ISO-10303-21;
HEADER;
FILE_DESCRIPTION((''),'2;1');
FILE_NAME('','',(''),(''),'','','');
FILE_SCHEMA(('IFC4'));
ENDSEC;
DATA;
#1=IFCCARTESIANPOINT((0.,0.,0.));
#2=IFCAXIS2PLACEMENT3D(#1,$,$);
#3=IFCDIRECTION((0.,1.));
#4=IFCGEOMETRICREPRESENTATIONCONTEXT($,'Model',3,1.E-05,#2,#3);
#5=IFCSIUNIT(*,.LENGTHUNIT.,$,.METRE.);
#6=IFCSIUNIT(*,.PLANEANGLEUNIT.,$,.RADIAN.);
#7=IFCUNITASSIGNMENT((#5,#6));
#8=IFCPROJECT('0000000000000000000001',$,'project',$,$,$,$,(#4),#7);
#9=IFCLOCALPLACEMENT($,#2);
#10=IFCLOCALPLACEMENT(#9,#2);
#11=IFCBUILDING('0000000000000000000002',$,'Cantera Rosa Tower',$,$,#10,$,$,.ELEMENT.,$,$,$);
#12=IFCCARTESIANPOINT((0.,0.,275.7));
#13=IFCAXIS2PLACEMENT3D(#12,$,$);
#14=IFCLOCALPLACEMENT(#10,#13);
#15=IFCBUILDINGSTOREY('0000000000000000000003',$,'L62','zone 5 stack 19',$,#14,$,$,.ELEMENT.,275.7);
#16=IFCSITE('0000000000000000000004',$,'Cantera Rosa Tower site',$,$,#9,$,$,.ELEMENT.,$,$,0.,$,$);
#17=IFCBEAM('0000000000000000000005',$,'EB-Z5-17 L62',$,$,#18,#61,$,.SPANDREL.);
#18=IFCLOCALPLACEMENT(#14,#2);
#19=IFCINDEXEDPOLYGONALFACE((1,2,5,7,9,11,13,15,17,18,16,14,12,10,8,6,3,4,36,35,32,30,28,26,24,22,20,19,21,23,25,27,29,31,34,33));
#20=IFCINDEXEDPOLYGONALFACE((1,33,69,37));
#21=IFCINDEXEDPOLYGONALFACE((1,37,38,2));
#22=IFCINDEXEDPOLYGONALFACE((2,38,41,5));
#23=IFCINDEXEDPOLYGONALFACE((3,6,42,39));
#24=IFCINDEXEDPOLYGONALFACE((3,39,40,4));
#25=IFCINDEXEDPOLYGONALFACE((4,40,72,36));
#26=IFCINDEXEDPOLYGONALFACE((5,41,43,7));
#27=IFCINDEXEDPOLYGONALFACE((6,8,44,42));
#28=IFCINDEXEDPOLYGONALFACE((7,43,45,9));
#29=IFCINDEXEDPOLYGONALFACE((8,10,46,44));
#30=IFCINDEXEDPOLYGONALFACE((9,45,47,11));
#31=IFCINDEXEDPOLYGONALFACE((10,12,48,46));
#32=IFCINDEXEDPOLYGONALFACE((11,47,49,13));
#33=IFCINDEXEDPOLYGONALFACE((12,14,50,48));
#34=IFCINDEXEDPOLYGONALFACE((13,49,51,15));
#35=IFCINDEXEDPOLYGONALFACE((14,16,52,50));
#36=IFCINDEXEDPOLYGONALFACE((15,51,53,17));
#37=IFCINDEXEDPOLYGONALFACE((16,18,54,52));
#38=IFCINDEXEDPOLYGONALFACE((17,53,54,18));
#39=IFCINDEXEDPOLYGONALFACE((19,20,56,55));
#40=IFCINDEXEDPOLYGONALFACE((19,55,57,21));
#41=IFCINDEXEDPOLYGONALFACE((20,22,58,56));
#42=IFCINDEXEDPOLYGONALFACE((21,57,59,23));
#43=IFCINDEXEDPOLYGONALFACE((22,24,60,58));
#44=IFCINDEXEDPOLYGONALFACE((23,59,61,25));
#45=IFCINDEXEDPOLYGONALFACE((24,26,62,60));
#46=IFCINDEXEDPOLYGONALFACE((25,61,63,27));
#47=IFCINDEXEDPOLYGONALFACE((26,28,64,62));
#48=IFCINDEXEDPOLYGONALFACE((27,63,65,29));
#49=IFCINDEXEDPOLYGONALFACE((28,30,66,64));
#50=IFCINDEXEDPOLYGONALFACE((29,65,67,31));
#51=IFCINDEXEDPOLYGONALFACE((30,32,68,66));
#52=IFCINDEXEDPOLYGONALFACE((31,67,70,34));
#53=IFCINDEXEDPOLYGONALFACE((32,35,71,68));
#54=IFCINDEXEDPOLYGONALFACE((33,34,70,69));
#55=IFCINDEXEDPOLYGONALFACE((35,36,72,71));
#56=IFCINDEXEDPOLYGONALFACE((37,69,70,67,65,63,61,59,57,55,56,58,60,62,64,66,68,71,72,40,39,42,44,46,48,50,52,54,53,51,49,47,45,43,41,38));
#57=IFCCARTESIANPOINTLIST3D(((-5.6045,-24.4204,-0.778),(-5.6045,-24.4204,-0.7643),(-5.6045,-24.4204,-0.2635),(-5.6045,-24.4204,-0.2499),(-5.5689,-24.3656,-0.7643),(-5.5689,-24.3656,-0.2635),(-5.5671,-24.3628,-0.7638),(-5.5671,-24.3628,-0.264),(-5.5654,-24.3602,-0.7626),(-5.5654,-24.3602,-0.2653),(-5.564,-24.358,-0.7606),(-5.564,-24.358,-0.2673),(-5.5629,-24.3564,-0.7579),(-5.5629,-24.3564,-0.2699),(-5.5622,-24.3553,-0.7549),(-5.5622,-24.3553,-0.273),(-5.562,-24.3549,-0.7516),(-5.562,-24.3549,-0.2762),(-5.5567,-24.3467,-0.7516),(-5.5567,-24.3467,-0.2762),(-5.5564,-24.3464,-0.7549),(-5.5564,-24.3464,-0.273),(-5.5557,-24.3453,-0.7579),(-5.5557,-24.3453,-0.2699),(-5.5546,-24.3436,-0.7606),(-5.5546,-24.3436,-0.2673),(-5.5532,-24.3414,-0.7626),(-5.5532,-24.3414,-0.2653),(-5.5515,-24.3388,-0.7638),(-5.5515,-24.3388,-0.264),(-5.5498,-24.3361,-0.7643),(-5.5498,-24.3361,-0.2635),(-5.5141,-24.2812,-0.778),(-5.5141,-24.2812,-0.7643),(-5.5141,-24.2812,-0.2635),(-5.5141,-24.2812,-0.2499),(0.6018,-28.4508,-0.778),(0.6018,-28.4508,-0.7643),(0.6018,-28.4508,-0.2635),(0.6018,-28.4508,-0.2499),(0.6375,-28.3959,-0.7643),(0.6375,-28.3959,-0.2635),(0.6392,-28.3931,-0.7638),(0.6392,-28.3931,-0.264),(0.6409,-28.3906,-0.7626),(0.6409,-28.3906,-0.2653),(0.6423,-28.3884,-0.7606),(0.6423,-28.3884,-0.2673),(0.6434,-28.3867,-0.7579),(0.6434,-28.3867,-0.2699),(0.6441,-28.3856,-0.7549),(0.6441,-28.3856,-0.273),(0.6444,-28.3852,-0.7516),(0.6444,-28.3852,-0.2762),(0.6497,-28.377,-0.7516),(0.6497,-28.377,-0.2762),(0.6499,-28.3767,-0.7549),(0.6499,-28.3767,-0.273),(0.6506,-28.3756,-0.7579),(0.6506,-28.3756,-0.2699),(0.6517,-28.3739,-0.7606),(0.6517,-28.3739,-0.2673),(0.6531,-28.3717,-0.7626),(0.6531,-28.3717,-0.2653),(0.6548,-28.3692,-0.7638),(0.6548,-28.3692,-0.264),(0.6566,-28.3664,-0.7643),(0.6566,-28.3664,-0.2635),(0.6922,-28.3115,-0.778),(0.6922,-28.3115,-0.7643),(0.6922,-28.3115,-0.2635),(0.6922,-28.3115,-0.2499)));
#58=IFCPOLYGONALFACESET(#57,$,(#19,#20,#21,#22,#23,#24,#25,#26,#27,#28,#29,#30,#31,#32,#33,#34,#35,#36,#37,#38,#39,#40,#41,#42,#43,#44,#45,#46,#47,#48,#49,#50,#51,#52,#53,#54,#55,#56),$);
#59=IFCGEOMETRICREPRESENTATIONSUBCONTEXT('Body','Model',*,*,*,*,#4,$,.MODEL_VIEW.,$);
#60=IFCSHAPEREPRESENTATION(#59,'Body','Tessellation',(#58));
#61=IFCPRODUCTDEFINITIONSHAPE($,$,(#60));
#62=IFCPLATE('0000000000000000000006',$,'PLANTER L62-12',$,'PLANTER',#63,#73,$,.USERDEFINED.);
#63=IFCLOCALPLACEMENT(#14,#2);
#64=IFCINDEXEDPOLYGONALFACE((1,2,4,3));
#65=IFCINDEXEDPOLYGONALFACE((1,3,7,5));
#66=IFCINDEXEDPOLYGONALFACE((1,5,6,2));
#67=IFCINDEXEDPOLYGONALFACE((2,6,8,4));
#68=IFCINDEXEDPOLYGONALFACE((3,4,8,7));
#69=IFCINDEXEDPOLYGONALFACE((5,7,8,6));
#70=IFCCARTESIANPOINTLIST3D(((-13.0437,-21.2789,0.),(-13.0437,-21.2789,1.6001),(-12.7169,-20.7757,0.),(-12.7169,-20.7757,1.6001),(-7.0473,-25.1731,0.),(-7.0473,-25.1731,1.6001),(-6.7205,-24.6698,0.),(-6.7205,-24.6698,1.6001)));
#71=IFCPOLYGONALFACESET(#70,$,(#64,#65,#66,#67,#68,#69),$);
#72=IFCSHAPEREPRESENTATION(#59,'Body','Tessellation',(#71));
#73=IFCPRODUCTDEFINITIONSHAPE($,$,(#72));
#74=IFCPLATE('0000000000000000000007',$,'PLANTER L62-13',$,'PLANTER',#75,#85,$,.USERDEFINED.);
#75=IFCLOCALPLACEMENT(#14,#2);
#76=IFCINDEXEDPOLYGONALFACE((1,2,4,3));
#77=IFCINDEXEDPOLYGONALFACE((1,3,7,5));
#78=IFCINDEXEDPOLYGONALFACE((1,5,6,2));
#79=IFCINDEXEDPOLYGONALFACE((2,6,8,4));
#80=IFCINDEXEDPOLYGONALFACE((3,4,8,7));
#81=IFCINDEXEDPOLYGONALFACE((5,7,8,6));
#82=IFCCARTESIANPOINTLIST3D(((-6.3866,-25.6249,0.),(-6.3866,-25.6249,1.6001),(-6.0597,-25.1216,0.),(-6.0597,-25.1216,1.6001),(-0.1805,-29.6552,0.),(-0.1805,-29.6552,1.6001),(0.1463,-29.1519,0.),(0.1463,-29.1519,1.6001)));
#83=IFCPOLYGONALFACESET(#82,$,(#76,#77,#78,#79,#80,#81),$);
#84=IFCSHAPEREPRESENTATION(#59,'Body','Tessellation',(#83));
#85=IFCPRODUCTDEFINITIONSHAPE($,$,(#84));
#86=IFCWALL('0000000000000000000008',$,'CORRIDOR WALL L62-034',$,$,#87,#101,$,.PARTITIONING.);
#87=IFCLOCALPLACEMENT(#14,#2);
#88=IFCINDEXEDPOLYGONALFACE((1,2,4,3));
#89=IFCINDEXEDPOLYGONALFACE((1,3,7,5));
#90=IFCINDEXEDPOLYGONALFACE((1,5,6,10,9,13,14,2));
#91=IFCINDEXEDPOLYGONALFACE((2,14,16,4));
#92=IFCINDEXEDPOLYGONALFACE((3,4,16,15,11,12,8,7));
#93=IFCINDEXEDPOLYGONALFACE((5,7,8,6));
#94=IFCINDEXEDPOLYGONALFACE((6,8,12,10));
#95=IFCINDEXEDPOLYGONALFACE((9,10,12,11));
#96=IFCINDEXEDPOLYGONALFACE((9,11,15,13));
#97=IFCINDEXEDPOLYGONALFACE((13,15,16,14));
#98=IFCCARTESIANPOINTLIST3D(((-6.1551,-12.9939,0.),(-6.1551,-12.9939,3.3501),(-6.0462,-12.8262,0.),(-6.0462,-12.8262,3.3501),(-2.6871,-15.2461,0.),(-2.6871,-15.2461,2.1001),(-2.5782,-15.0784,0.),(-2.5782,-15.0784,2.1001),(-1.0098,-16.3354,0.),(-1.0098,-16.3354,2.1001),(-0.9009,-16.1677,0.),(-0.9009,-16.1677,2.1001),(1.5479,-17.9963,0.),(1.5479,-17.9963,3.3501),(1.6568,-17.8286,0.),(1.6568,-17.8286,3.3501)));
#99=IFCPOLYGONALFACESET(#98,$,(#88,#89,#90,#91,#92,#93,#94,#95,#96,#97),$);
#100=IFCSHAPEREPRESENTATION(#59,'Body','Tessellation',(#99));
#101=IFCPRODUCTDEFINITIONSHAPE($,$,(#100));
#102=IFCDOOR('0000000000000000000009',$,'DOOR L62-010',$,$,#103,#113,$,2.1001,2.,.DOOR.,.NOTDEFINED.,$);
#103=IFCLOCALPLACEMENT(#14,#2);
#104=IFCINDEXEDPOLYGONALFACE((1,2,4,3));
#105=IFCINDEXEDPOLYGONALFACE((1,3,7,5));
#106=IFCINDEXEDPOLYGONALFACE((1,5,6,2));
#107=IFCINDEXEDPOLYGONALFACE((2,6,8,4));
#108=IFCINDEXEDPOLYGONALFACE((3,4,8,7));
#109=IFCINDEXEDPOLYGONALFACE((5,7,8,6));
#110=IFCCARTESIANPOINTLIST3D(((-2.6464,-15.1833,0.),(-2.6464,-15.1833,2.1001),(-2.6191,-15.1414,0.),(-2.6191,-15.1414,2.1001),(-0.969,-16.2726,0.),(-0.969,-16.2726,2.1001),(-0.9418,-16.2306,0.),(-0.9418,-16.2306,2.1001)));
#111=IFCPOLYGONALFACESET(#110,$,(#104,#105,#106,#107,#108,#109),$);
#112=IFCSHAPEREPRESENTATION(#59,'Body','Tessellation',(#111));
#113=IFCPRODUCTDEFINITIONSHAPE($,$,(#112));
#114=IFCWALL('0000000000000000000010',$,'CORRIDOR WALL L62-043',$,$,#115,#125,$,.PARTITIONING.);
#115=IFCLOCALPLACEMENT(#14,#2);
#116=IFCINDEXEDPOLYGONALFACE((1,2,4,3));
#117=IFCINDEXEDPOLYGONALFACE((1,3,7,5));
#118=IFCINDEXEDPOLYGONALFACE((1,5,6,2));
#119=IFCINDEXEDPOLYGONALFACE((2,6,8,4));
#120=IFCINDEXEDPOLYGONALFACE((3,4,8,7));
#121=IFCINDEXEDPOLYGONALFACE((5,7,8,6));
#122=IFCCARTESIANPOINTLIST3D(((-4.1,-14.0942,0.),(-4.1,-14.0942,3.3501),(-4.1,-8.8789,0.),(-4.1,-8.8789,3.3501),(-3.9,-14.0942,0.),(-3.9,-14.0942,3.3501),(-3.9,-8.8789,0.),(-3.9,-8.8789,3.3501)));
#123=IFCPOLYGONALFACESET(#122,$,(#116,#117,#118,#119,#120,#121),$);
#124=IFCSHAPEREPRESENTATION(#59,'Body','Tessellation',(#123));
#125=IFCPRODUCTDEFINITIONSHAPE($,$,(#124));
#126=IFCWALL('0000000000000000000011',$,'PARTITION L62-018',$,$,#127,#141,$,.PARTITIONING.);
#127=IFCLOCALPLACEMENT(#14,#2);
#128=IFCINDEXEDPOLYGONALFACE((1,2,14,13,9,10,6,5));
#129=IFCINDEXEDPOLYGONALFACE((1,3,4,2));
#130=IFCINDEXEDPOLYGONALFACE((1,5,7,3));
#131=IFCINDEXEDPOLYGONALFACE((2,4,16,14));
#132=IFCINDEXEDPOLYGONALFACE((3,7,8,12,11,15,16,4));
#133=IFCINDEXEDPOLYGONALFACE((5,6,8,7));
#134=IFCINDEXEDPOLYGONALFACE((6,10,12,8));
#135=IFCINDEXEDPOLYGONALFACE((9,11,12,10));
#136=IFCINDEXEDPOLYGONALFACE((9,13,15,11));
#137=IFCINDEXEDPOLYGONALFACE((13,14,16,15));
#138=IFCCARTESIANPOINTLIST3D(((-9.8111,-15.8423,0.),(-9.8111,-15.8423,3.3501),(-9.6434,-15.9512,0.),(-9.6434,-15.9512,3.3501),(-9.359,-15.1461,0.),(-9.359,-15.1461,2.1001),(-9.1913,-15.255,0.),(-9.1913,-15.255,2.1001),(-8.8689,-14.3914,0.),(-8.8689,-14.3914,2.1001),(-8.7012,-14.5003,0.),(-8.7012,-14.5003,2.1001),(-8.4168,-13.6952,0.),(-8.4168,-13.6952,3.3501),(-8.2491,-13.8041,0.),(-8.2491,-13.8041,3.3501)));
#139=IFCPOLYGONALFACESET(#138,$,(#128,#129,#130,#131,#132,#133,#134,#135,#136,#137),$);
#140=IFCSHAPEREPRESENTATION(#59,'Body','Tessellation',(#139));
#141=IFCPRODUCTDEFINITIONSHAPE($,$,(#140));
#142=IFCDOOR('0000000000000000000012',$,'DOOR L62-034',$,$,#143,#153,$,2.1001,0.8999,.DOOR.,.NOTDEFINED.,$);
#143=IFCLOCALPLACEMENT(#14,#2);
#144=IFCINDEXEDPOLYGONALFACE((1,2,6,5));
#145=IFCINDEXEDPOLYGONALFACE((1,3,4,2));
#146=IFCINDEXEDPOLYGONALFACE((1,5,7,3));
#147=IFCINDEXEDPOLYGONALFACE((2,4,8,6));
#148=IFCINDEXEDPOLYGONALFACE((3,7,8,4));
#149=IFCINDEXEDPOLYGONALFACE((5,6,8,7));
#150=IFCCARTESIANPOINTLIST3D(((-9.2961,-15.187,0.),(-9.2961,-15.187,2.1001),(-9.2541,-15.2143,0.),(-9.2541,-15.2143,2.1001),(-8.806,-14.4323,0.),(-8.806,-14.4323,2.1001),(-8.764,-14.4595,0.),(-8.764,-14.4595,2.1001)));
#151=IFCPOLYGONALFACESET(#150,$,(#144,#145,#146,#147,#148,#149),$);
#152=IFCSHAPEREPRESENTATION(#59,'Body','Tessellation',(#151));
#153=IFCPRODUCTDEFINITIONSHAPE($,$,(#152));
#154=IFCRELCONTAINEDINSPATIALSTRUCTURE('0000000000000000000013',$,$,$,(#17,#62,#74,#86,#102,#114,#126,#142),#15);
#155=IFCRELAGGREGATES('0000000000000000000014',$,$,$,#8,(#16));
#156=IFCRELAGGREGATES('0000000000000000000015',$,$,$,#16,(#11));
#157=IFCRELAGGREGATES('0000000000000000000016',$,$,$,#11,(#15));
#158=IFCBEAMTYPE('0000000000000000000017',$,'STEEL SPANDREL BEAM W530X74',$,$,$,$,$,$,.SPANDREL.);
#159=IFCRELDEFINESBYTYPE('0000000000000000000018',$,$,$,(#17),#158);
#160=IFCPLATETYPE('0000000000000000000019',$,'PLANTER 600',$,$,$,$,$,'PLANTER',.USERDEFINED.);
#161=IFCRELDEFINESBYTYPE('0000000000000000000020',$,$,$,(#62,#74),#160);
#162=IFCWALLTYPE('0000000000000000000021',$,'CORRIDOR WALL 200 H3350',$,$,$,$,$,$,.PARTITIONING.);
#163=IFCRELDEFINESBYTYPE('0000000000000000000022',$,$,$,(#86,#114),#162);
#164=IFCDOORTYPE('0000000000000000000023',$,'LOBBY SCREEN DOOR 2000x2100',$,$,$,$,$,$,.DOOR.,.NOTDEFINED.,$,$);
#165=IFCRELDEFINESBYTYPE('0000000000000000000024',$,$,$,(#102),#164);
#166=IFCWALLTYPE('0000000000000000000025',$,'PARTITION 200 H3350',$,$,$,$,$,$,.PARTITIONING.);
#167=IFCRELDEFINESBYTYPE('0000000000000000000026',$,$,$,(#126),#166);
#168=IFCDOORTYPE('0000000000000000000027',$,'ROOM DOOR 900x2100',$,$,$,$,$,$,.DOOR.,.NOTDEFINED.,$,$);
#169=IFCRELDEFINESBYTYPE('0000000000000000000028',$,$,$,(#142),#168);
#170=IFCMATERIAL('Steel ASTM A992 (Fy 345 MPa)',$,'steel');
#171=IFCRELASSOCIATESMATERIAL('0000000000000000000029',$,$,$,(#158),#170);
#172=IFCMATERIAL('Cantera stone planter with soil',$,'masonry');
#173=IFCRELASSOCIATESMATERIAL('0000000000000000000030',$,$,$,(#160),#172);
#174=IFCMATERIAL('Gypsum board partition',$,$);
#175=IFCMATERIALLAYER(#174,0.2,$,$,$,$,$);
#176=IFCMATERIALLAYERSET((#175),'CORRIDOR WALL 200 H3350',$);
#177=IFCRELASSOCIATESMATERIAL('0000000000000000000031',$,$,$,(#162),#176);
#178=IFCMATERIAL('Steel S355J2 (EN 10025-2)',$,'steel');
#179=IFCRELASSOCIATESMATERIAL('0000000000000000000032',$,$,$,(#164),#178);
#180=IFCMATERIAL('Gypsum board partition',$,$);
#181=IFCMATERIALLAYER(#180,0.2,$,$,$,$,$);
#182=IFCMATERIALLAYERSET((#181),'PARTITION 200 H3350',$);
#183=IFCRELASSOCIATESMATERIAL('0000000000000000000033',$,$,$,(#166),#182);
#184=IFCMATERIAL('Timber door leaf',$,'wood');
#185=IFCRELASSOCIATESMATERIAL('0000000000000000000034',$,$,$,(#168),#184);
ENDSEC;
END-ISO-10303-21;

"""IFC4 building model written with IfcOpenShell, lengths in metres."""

from ifc_helpers import new_model, si_unit, direction, frame, frame_2d, origin, origin_2d, place, context, subcontext, project, spatial, rectangle, i_section, extrude, material, layer, layer_set, material_profile, profile_set, type_object, element, fill, save


model = new_model("IFC4")

# Units and contexts
model_context = context("Model", 3, precision=1e-05, world=origin(), true_north=direction((0.0, 1.0)))
body_context = subcontext(model_context, "Body", "Model", "MODEL_VIEW")
ifc_project = project(units=[si_unit("LENGTHUNIT", "METRE"), si_unit("PLANEANGLEUNIT", "RADIAN")], contexts=[model_context])

# Site, building, storey
site_placement = place(None, origin())
site = spatial("IfcSite", under=ifc_project, at=site_placement, Name="Cantera Rosa Tower site", CompositionType="ELEMENT", RefElevation=0.0)
building_placement = place(site_placement, origin())
building = spatial("IfcBuilding", under=site, at=building_placement, Name="Cantera Rosa Tower", CompositionType="ELEMENT")
storey_placement = place(building_placement, frame((0.0, 0.0, 275.7)))
storey = spatial("IfcBuildingStorey", under=building, at=storey_placement, Name="L62", Description="zone 5 stack 19", CompositionType="ELEMENT", Elevation=275.7)

# Beam
ifc_material_1 = material(Name="Steel ASTM A992 (Fy 345 MPa)", Category="steel")
ifc_material_profile_1 = material_profile(ifc_material_1, i_section(OverallWidth=0.166, OverallDepth=0.5281, WebThickness=0.0098, FlangeThickness=0.0137, FilletRadius=0.0127, at=origin_2d()), Name="W530X74")
ifc_profile_set_1 = profile_set([ifc_material_profile_1], Name="Steel ASTM A992 (Fy 345 MPa)")
beam_type_1 = type_object("IfcBeamType", Name="STEEL SPANDREL BEAM W530X74", PredefinedType="SPANDREL", material=ifc_profile_set_1)
beam_1_placement = place(storey_placement, frame((-5.5593, -24.3508, -0.5139), z_axis=(0.838679, -0.544625, 0.0), x_axis=(0.544625, 0.838679, 0.0)))
element("IfcBeam", 1, at=beam_1_placement, inside=storey, type_object=beam_type_1, Name="EB-Z5-17 L62", PredefinedType="SPANDREL", context=body_context, shape_type="SweptSolid", body=[
    extrude(i_section(OverallWidth=0.166, OverallDepth=0.5281, WebThickness=0.0098, FlangeThickness=0.0137, FilletRadius=0.0127, at=origin_2d()), origin(), (0.0, 0.0, 1.0), 7.4001),
])

# Plates
ifc_material_2 = material(Name="Cantera stone planter with soil", Category="masonry")
plate_type = type_object("IfcPlateType", Name="PLANTER 600", ElementType="PLANTER", PredefinedType="USERDEFINED", material=ifc_material_2)
plate_1_placement = place(storey_placement, frame((-9.8821, -22.9744, 0.0), z_axis=(0.0, 0.0, 1.0), x_axis=(0.838671, -0.544639, 0.0)))
element("IfcPlate", 2, at=plate_1_placement, inside=storey, type_object=plate_type, Name="PLANTER L62-12", ObjectType="PLANTER", PredefinedType="USERDEFINED", context=body_context, shape_type="SweptSolid", body=[
    extrude(rectangle(XDim=7.1499, YDim=0.6001, at=origin_2d()), origin(), (0.0, 0.0, 1.0), 1.6001),
])
plate_2_placement = place(storey_placement, frame((-3.1201, -27.3884, 0.0), z_axis=(0.0, 0.0, 1.0), x_axis=(0.838671, -0.544639, 0.0)))
element("IfcPlate", 3, at=plate_2_placement, inside=storey, type_object=plate_type, Name="PLANTER L62-13", ObjectType="PLANTER", PredefinedType="USERDEFINED", context=body_context, shape_type="SweptSolid", body=[
    extrude(rectangle(XDim=7.3999, YDim=0.6001, at=origin_2d()), origin(), (0.0, 0.0, 1.0), 1.6001),
])

# Wall, opening, door
ifc_material_3 = material(Name="Gypsum board partition")
ifc_layer_1 = layer(ifc_material_3, 0.2)
ifc_layer_set_1 = layer_set([ifc_layer_1], Name="CORRIDOR WALL 200 H3350")
wall_type_1 = type_object("IfcWallType", Name="CORRIDOR WALL 200 H3350", PredefinedType="PARTITIONING", material=ifc_layer_set_1)
wall_1_placement = place(storey_placement, frame((-6.1006, -12.9102, 0.0), z_axis=(0.0, 0.0, 1.0), x_axis=(0.838672, -0.544637, 0.0)))
wall_1 = element("IfcWall", 4, at=wall_1_placement, inside=storey, type_object=wall_type_1, Name="CORRIDOR WALL L62-034", PredefinedType="PARTITIONING", context=body_context, shape_type="SweptSolid", body=[
    extrude(rectangle(XDim=9.1848, YDim=0.2, at=frame_2d((4.5923, 0.0))), origin(), (0.0, 0.0, 1.0), 3.3501),
])
opening_1_placement = place(wall_1_placement, frame((4.135, 0.0, 0.0)))
opening_1 = element("IfcOpeningElement", 5, at=opening_1_placement, cuts=wall_1, PredefinedType="OPENING", context=body_context, shape_type="SweptSolid", body=[
    extrude(rectangle(XDim=2.0, YDim=2.1001, at=frame_2d((1.0, 1.05))), frame((0.0, 0.1099, 0.0), z_axis=(0.0, -1.0, 0.0), x_axis=(1.0, 0.0, 0.0)), (0.0, 0.0, 1.0), 0.22),
])
ifc_material_4 = material(Name="Steel S355J2 (EN 10025-2)", Category="steel")
door_type_1 = type_object("IfcDoorType", Name="LOBBY SCREEN DOOR 2000x2100", OperationType="NOTDEFINED", PredefinedType="DOOR", material=ifc_material_4)
door_1_placement = place(opening_1_placement, origin())
door_1 = element("IfcDoor", 6, at=door_1_placement, inside=storey, type_object=door_type_1, Name="DOOR L62-010", OperationType="NOTDEFINED", OverallHeight=2.1001, OverallWidth=2.0, PredefinedType="DOOR", context=body_context, shape_type="SweptSolid", body=[
    extrude(rectangle(XDim=2.0, YDim=2.1001, at=frame_2d((1.0, 1.05))), frame((0.0, 0.0249, 0.0), z_axis=(0.0, -1.0, 0.0), x_axis=(1.0, 0.0, 0.0)), (0.0, 0.0, 1.0), 0.05),
])
fill(opening_1, door_1)

# Wall
wall_2_placement = place(storey_placement, frame((-4.0, -14.0942, 0.0), z_axis=(0.0, 0.0, 1.0), x_axis=(0.0, 1.0, 0.0)))
element("IfcWall", 7, at=wall_2_placement, inside=storey, type_object=wall_type_1, Name="CORRIDOR WALL L62-043", PredefinedType="PARTITIONING", context=body_context, shape_type="SweptSolid", body=[
    extrude(rectangle(XDim=5.2153, YDim=0.2, at=frame_2d((2.6077, 0.0))), origin(), (0.0, 0.0, 1.0), 3.3501),
])

# Wall, opening, door
ifc_material_5 = material(Name="Gypsum board partition")
ifc_layer_2 = layer(ifc_material_5, 0.2)
ifc_layer_set_2 = layer_set([ifc_layer_2], Name="PARTITION 200 H3350")
wall_type_2 = type_object("IfcWallType", Name="PARTITION 200 H3350", PredefinedType="PARTITIONING", material=ifc_layer_set_2)
wall_3_placement = place(storey_placement, frame((-9.7273, -15.8967, 0.0), z_axis=(0.0, 0.0, 1.0), x_axis=(0.544646, 0.838666, 0.0)))
wall_3 = element("IfcWall", 8, at=wall_3_placement, inside=storey, type_object=wall_type_2, Name="PARTITION L62-018", PredefinedType="PARTITIONING", context=body_context, shape_type="SweptSolid", body=[
    extrude(rectangle(XDim=2.5601, YDim=0.2, at=frame_2d((1.28, 0.0))), origin(), (0.0, 0.0, 1.0), 3.3501),
])
opening_2_placement = place(wall_3_placement, frame((0.8301, 0.0, 0.0)))
opening_2 = element("IfcOpeningElement", 9, at=opening_2_placement, cuts=wall_3, PredefinedType="OPENING", context=body_context, shape_type="SweptSolid", body=[
    extrude(rectangle(XDim=0.8999, YDim=2.1001, at=frame_2d((0.45, 1.05))), frame((0.0, 0.1099, 0.0), z_axis=(0.0, -1.0, 0.0), x_axis=(1.0, 0.0, 0.0)), (0.0, 0.0, 1.0), 0.22),
])
ifc_material_6 = material(Name="Timber door leaf", Category="wood")
door_type_2 = type_object("IfcDoorType", Name="ROOM DOOR 900x2100", OperationType="NOTDEFINED", PredefinedType="DOOR", material=ifc_material_6)
door_2_placement = place(opening_2_placement, origin())
door_2 = element("IfcDoor", 10, at=door_2_placement, inside=storey, type_object=door_type_2, Name="DOOR L62-034", OperationType="NOTDEFINED", OverallHeight=2.1001, OverallWidth=0.8999, PredefinedType="DOOR", context=body_context, shape_type="SweptSolid", body=[
    extrude(rectangle(XDim=0.8999, YDim=2.1001, at=frame_2d((0.45, 1.05))), frame((0.0, 0.0249, 0.0), z_axis=(0.0, -1.0, 0.0), x_axis=(1.0, 0.0, 0.0)), (0.0, 0.0, 1.0), 0.05),
])
fill(opening_2, door_2)

save(model, "model.ifc")
